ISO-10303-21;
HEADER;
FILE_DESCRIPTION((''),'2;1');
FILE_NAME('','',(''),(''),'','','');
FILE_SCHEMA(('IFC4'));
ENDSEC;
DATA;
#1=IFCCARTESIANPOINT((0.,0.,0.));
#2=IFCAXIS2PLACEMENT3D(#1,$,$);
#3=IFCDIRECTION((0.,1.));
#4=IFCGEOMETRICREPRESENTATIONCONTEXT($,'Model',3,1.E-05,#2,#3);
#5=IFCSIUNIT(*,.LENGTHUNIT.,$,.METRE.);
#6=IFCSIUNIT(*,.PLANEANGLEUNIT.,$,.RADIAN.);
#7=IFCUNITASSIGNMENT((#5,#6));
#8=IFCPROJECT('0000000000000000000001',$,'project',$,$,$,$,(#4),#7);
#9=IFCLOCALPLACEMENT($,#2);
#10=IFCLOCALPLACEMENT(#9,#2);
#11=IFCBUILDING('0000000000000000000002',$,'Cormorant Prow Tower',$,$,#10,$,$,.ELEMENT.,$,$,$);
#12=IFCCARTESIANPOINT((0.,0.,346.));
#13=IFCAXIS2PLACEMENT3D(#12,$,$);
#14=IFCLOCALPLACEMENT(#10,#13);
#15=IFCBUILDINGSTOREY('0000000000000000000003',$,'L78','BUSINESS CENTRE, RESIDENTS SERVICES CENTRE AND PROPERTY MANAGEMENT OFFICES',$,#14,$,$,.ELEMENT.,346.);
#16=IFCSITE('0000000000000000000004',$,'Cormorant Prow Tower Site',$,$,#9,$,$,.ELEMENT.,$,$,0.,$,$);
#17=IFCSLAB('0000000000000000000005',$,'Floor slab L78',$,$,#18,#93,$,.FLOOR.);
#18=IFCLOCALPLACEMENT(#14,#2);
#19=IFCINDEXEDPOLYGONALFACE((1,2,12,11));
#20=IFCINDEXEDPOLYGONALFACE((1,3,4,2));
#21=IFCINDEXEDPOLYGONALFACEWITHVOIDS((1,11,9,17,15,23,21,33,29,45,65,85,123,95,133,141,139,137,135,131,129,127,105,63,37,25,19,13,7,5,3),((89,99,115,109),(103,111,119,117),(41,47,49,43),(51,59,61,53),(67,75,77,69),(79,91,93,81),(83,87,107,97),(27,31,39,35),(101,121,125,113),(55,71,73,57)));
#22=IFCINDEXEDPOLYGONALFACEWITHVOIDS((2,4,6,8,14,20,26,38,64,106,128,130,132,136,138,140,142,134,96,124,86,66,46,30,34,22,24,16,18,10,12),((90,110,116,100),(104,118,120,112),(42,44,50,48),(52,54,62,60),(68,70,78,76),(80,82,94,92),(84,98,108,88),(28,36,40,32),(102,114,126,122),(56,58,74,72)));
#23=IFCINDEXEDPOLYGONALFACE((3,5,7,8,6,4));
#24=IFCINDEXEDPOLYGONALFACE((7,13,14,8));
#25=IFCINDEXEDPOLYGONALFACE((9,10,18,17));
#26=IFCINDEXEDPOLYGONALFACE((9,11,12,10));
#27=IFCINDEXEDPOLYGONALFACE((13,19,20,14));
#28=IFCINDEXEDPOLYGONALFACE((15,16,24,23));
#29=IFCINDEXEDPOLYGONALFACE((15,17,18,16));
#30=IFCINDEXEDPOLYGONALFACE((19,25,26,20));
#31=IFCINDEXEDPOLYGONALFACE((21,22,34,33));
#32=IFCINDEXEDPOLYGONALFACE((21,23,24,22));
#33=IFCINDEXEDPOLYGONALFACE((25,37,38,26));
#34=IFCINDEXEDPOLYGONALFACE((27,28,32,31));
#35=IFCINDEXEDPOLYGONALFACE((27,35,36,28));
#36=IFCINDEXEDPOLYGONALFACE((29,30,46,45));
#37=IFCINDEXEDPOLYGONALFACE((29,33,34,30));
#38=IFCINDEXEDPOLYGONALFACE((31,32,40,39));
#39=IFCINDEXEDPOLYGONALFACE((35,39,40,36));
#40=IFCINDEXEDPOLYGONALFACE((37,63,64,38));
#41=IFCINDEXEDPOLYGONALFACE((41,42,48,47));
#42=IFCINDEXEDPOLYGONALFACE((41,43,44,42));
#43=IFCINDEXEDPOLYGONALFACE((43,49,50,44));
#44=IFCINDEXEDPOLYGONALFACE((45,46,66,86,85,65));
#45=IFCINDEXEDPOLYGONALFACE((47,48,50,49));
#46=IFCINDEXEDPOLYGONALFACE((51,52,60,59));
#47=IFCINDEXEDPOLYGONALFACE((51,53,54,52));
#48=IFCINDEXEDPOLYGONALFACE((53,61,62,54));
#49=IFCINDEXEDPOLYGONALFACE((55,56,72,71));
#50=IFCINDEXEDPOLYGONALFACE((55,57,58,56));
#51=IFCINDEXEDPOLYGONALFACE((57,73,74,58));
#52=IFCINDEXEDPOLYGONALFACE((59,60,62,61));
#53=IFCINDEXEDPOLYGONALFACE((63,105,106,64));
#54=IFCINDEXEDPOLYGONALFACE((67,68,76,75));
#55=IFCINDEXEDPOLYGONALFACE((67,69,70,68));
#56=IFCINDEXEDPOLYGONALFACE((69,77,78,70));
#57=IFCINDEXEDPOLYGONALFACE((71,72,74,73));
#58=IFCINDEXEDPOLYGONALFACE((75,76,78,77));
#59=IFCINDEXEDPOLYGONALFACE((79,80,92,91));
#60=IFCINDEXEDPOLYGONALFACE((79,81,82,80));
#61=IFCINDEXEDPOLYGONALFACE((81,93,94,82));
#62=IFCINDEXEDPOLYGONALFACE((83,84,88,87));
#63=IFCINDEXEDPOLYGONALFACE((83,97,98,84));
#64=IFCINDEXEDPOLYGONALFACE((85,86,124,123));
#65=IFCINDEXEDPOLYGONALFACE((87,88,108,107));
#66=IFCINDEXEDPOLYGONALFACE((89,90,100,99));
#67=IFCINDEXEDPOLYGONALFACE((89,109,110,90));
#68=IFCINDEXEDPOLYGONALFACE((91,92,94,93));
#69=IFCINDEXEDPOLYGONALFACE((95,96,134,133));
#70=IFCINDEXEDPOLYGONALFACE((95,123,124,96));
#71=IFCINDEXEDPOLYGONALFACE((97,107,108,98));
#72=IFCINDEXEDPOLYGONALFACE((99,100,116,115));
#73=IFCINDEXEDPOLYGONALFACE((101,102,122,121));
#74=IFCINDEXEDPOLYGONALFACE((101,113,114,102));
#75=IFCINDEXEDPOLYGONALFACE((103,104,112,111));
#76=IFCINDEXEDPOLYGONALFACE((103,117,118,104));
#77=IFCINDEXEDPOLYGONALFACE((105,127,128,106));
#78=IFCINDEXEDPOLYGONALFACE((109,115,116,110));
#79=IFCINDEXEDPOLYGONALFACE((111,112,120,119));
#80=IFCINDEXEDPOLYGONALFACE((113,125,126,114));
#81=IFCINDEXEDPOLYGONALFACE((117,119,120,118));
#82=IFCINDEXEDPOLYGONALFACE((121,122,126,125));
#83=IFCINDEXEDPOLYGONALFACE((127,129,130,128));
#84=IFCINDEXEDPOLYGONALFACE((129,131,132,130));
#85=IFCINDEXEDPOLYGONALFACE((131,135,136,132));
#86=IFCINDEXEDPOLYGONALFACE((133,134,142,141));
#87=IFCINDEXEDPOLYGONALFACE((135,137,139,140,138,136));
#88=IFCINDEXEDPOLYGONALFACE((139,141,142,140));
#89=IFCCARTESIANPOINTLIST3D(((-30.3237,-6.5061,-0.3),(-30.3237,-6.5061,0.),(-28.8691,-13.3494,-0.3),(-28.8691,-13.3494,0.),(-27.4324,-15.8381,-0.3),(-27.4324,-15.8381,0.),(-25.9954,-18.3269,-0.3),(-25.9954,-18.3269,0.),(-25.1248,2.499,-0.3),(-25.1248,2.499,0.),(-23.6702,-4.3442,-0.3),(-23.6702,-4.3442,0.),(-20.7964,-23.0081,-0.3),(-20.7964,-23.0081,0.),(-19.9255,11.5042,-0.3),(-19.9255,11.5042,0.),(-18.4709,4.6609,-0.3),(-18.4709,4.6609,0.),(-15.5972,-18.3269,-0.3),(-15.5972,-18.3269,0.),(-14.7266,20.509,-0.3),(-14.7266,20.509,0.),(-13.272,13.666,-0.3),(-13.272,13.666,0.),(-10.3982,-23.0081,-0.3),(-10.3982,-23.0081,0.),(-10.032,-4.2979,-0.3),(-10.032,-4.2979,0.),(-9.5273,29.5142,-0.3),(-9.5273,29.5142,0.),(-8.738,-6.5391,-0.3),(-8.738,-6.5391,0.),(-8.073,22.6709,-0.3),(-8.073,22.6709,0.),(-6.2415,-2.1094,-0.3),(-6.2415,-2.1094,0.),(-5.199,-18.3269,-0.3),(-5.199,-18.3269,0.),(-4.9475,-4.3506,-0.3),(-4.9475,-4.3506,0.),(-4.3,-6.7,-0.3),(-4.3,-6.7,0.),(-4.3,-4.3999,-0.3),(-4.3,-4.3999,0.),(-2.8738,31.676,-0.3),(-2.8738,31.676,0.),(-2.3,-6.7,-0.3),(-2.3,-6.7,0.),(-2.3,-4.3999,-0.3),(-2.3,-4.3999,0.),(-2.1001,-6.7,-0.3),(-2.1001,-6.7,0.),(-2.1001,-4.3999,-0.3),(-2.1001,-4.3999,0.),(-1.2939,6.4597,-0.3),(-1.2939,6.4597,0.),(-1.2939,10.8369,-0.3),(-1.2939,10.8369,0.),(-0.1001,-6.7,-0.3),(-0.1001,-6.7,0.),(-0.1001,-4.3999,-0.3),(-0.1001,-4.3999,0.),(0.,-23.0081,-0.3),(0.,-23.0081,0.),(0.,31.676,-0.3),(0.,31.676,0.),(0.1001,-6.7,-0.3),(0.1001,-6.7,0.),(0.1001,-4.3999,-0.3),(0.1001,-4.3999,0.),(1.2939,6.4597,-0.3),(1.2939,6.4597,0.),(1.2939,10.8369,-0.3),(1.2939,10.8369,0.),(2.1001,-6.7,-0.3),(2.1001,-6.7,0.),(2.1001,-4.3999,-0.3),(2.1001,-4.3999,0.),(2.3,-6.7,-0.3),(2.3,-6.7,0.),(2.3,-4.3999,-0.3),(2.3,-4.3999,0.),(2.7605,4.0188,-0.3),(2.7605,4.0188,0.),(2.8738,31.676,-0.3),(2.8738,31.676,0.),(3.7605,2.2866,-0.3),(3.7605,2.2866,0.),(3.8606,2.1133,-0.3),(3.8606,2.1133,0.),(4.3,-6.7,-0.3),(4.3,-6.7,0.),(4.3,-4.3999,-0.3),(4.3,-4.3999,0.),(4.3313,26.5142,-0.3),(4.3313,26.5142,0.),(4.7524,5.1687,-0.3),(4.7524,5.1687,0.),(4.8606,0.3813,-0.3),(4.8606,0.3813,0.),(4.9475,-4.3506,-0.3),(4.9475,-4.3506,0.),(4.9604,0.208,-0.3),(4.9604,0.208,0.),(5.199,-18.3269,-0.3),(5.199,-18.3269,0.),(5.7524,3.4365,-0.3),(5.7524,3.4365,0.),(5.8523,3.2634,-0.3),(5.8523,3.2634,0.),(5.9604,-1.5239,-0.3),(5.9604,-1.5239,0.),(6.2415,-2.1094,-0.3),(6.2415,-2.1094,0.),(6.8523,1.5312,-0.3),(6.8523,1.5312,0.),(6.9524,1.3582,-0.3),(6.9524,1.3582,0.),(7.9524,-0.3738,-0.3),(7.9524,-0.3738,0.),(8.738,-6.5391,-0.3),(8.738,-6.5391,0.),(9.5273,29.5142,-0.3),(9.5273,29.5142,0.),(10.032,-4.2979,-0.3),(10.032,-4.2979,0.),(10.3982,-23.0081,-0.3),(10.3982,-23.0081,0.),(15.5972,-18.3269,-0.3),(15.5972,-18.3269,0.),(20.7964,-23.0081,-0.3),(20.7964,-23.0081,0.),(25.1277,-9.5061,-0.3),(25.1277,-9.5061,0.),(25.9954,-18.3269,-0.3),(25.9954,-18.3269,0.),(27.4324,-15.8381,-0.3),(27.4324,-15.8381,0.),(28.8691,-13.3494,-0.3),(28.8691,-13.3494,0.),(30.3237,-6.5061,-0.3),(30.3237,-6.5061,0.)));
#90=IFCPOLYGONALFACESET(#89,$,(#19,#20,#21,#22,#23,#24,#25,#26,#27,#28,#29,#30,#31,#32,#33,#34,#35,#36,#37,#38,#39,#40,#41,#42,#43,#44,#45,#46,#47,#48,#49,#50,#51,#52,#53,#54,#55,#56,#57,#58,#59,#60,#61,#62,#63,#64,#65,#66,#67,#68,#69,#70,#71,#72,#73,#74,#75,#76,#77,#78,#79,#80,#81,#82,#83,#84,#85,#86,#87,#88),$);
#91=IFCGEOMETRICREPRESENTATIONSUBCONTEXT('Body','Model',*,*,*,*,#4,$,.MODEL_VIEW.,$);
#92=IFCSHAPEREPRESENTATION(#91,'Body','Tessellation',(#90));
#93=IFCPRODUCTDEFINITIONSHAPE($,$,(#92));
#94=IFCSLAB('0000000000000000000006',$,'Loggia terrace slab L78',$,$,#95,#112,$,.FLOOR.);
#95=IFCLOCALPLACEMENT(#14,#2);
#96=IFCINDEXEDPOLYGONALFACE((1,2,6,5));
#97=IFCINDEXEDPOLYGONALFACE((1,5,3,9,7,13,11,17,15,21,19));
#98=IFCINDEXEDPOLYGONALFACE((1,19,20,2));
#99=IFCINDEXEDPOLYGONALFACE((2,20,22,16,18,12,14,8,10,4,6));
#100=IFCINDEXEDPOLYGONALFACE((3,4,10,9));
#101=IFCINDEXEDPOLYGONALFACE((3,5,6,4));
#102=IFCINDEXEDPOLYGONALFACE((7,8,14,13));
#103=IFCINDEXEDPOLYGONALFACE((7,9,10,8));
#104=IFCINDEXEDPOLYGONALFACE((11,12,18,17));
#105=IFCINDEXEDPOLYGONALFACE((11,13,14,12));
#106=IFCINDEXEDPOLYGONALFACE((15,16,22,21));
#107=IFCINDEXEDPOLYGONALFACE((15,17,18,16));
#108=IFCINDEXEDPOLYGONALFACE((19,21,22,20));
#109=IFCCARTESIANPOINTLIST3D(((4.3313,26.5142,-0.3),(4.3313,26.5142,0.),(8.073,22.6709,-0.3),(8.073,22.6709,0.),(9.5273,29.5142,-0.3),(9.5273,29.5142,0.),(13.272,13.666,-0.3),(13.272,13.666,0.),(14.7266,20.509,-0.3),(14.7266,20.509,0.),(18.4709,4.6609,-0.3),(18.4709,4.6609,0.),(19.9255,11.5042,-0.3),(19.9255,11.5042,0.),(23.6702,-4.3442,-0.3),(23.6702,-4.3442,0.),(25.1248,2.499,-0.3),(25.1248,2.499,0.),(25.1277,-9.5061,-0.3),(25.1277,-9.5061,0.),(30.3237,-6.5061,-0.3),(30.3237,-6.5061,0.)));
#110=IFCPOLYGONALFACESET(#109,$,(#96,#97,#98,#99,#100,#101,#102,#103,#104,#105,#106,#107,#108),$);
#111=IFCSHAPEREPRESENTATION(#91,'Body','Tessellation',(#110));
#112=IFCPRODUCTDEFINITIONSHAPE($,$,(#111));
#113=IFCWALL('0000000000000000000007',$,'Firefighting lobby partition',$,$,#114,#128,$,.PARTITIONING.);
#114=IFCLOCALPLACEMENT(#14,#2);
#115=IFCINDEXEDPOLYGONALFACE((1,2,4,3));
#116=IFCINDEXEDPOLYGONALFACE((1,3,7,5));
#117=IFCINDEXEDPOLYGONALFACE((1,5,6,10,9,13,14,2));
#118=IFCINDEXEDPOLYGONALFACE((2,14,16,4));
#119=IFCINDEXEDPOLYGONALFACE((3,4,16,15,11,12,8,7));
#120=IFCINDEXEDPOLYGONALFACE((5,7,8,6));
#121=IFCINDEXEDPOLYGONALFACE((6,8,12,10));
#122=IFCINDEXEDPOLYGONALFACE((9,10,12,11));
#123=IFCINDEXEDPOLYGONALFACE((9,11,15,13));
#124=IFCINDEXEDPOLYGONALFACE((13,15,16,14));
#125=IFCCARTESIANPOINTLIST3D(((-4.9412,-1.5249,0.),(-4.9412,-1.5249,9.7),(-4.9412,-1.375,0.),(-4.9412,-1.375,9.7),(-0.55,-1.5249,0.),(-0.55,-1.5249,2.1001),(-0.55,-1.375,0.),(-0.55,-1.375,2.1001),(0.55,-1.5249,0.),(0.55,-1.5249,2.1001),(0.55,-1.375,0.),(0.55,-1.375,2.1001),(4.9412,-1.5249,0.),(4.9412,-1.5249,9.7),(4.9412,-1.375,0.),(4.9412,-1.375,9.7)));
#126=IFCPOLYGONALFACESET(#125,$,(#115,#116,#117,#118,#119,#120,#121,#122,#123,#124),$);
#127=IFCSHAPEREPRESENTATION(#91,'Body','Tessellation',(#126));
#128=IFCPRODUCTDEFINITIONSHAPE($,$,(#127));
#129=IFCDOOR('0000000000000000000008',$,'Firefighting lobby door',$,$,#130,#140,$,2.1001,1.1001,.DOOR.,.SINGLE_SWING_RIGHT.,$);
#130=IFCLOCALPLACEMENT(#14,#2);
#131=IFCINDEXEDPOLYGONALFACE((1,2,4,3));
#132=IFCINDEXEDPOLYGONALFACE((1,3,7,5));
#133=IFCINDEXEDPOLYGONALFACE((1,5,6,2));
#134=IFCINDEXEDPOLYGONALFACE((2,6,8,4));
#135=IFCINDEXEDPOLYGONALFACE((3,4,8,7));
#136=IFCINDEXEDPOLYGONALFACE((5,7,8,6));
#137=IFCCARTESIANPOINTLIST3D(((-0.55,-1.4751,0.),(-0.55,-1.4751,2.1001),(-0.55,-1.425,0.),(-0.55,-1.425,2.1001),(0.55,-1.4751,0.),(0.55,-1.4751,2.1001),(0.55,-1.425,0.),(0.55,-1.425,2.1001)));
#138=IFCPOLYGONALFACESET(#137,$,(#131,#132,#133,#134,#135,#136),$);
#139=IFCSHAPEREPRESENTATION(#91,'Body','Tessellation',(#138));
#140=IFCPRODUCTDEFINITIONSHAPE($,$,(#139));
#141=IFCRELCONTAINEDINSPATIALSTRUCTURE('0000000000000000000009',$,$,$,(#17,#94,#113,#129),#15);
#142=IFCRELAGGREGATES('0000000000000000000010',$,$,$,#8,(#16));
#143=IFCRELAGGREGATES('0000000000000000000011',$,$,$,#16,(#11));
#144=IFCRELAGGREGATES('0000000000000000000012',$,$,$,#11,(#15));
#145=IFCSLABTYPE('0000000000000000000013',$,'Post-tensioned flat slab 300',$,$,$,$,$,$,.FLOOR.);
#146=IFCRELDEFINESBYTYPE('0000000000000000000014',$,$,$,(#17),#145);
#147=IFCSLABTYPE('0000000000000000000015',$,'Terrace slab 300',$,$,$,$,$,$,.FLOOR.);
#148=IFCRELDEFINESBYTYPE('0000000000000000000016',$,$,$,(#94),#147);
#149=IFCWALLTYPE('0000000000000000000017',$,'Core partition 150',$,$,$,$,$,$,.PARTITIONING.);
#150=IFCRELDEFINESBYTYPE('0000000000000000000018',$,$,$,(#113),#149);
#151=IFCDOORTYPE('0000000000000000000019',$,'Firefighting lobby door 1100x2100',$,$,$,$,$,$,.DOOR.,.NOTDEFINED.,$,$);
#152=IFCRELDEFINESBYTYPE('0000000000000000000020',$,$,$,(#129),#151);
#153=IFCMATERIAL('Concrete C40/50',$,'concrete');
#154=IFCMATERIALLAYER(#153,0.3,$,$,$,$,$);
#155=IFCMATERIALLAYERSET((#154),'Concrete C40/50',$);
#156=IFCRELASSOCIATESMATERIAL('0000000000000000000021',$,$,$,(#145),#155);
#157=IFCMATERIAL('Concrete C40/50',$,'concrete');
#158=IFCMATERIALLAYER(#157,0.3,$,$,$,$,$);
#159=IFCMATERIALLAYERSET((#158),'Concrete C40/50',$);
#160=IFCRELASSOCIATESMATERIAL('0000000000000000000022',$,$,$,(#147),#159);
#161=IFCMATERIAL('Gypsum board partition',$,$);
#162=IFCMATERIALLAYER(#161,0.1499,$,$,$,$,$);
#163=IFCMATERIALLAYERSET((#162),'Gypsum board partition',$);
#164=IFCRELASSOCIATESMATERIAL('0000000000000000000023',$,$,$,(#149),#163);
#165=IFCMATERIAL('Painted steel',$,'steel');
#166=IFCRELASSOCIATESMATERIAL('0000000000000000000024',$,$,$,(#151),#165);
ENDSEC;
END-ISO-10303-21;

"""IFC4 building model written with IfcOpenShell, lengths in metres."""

from ifc_helpers import new_model, si_unit, direction, frame, frame_2d, origin, place, context, subcontext, project, spatial, polyline, rectangle, outline, extrude, material, layer, layer_set, type_object, element, fill, save


model = new_model("IFC4")

# Units and contexts
model_context = context("Model", 3, precision=1e-05, world=origin(), true_north=direction((0.0, 1.0)))
body_context = subcontext(model_context, "Body", "Model", "MODEL_VIEW")
ifc_project = project(units=[si_unit("LENGTHUNIT", "METRE"), si_unit("PLANEANGLEUNIT", "RADIAN")], contexts=[model_context])

# Site, building, storey
site_placement = place(None, origin())
site = spatial("IfcSite", under=ifc_project, at=site_placement, Name="Cormorant Prow Tower Site", CompositionType="ELEMENT", RefElevation=0.0)
building_placement = place(site_placement, origin())
building = spatial("IfcBuilding", under=site, at=building_placement, Name="Cormorant Prow Tower", CompositionType="ELEMENT")
storey_placement = place(building_placement, frame((0.0, 0.0, 346.0)))
storey = spatial("IfcBuildingStorey", under=building, at=storey_placement, Name="L78", Description="BUSINESS CENTRE, RESIDENTS SERVICES CENTRE AND PROPERTY MANAGEMENT OFFICES", CompositionType="ELEMENT", Elevation=346.0)

# Slabs
ifc_material_1 = material(Name="Concrete C40/50", Category="concrete")
ifc_layer_1 = layer(ifc_material_1, 0.3)
ifc_layer_set_1 = layer_set([ifc_layer_1], Name="Concrete C40/50")
slab_type_1 = type_object("IfcSlabType", Name="Post-tensioned flat slab 300", PredefinedType="FLOOR", material=ifc_layer_set_1)
slab_1_placement = place(storey_placement, frame((0.0, 0.0, -0.3)))
element("IfcSlab", 1, at=slab_1_placement, inside=storey, type_object=slab_type_1, Name="Floor slab L78", PredefinedType="FLOOR", context=body_context, shape_type="SweptSolid", body=[
    extrude(outline(polyline([(-15.5972, -18.3269), (-10.3982, -23.0081), (-5.199, -18.3269), (0.0, -23.0081), (5.199, -18.3269), (10.3982, -23.0081), (15.5972, -18.3269), (20.7964, -23.0081), (25.9954, -18.3269), (27.4324, -15.8381), (28.8691, -13.3494), (30.3237, -6.5061), (25.1277, -9.5061), (4.3313, 26.5142), (9.5273, 29.5142), (2.8738, 31.676), (0.0, 31.676), (-2.8738, 31.676), (-9.5273, 29.5142), (-8.073, 22.6709), (-14.7266, 20.509), (-13.272, 13.666), (-19.9255, 11.5042), (-18.4709, 4.6609), (-25.1248, 2.499), (-23.6702, -4.3442), (-30.3237, -6.5061), (-28.8691, -13.3494), (-27.4324, -15.8381), (-25.9954, -18.3269), (-20.7964, -23.0081), (-15.5972, -18.3269)]), holes=[polyline([(-4.3, -4.3999), (-2.3, -4.3999), (-2.3, -6.7), (-4.3, -6.7), (-4.3, -4.3999)]), polyline([(-0.1001, -4.3999), (-0.1001, -6.7), (-2.1001, -6.7), (-2.1001, -4.3999), (-0.1001, -4.3999)]), polyline([(2.1001, -6.7), (0.1001, -6.7), (0.1001, -4.3999), (2.1001, -4.3999), (2.1001, -6.7)]), polyline([(2.3, -6.7), (2.3, -4.3999), (4.3, -4.3999), (4.3, -6.7), (2.3, -6.7)]), polyline([(5.9604, -1.5239), (4.9604, 0.208), (6.9524, 1.3582), (7.9524, -0.3738), (5.9604, -1.5239)]), polyline([(3.8606, 2.1133), (5.8523, 3.2634), (6.8523, 1.5312), (4.8606, 0.3813), (3.8606, 2.1133)]), polyline([(4.7524, 5.1687), (5.7524, 3.4365), (3.7605, 2.2866), (2.7605, 4.0188), (4.7524, 5.1687)]), polyline([(-4.9475, -4.3506), (-8.738, -6.5391), (-10.032, -4.2979), (-6.2415, -2.1094), (-4.9475, -4.3506)]), polyline([(10.032, -4.2979), (8.738, -6.5391), (4.9475, -4.3506), (6.2415, -2.1094), (10.032, -4.2979)]), polyline([(1.2939, 10.8369), (1.2939, 6.4597), (-1.2939, 6.4597), (-1.2939, 10.8369), (1.2939, 10.8369)])]), origin(), (0.0, 0.0, 1.0), 0.3),
])
ifc_material_2 = material(Name="Concrete C40/50", Category="concrete")
ifc_layer_2 = layer(ifc_material_2, 0.3)
ifc_layer_set_2 = layer_set([ifc_layer_2], Name="Concrete C40/50")
slab_type_2 = type_object("IfcSlabType", Name="Terrace slab 300", PredefinedType="FLOOR", material=ifc_layer_set_2)
slab_2_placement = place(storey_placement, frame((0.0, 0.0, -0.3)))
element("IfcSlab", 2, at=slab_2_placement, inside=storey, type_object=slab_type_2, Name="Loggia terrace slab L78", PredefinedType="FLOOR", context=body_context, shape_type="SweptSolid", body=[
    extrude(outline(polyline([(30.3237, -6.5061), (23.6702, -4.3442), (25.1248, 2.499), (18.4709, 4.6609), (19.9255, 11.5042), (13.272, 13.666), (14.7266, 20.509), (8.073, 22.6709), (9.5273, 29.5142), (4.3313, 26.5142), (25.1277, -9.5061), (30.3237, -6.5061)])), origin(), (0.0, 0.0, 1.0), 0.3),
])

# Wall, opening, door
ifc_material_3 = material(Name="Gypsum board partition")
ifc_layer_3 = layer(ifc_material_3, 0.1499)
ifc_layer_set_3 = layer_set([ifc_layer_3], Name="Gypsum board partition")
wall_type_1 = type_object("IfcWallType", Name="Core partition 150", PredefinedType="PARTITIONING", material=ifc_layer_set_3)
wall_1_placement = place(storey_placement, frame((-4.9412, -1.45, 0.0), z_axis=(0.0, 0.0, 1.0), x_axis=(1.0, 0.0, 0.0)))
wall_1 = element("IfcWall", 3, at=wall_1_placement, inside=storey, type_object=wall_type_1, Name="Firefighting lobby partition", PredefinedType="PARTITIONING", context=body_context, shape_type="SweptSolid", body=[
    extrude(rectangle(XDim=9.8823, YDim=0.1499, at=frame_2d((4.9412, 0.0))), origin(), (0.0, 0.0, 1.0), 9.7),
])
opening_1_placement = place(wall_1_placement, frame((4.3911, 0.0, 0.0)))
opening_1 = element("IfcOpeningElement", 4, at=opening_1_placement, cuts=wall_1, PredefinedType="OPENING", context=body_context, shape_type="SweptSolid", body=[
    extrude(rectangle(XDim=1.1001, YDim=2.1001, at=frame_2d((0.55, 1.05))), frame((0.0, 0.085, 0.0), z_axis=(0.0, -1.0, 0.0), x_axis=(1.0, 0.0, 0.0)), (0.0, 0.0, 1.0), 0.1699),
])
ifc_material_4 = material(Name="Painted steel", Category="steel")
door_type_1 = type_object("IfcDoorType", Name="Firefighting lobby door 1100x2100", OperationType="NOTDEFINED", PredefinedType="DOOR", material=ifc_material_4)
door_1_placement = place(opening_1_placement, origin())
door_1 = element("IfcDoor", 5, at=door_1_placement, inside=storey, type_object=door_type_1, Name="Firefighting lobby door", OperationType="SINGLE_SWING_RIGHT", OverallHeight=2.1001, OverallWidth=1.1001, PredefinedType="DOOR", context=body_context, shape_type="SweptSolid", body=[
    extrude(rectangle(XDim=1.1001, YDim=2.1001, at=frame_2d((0.55, 1.05))), frame((0.0, 0.0249, 0.0), z_axis=(0.0, -1.0, 0.0), x_axis=(1.0, 0.0, 0.0)), (0.0, 0.0, 1.0), 0.05),
])
fill(opening_1, door_1)

save(model, "model.ifc")
